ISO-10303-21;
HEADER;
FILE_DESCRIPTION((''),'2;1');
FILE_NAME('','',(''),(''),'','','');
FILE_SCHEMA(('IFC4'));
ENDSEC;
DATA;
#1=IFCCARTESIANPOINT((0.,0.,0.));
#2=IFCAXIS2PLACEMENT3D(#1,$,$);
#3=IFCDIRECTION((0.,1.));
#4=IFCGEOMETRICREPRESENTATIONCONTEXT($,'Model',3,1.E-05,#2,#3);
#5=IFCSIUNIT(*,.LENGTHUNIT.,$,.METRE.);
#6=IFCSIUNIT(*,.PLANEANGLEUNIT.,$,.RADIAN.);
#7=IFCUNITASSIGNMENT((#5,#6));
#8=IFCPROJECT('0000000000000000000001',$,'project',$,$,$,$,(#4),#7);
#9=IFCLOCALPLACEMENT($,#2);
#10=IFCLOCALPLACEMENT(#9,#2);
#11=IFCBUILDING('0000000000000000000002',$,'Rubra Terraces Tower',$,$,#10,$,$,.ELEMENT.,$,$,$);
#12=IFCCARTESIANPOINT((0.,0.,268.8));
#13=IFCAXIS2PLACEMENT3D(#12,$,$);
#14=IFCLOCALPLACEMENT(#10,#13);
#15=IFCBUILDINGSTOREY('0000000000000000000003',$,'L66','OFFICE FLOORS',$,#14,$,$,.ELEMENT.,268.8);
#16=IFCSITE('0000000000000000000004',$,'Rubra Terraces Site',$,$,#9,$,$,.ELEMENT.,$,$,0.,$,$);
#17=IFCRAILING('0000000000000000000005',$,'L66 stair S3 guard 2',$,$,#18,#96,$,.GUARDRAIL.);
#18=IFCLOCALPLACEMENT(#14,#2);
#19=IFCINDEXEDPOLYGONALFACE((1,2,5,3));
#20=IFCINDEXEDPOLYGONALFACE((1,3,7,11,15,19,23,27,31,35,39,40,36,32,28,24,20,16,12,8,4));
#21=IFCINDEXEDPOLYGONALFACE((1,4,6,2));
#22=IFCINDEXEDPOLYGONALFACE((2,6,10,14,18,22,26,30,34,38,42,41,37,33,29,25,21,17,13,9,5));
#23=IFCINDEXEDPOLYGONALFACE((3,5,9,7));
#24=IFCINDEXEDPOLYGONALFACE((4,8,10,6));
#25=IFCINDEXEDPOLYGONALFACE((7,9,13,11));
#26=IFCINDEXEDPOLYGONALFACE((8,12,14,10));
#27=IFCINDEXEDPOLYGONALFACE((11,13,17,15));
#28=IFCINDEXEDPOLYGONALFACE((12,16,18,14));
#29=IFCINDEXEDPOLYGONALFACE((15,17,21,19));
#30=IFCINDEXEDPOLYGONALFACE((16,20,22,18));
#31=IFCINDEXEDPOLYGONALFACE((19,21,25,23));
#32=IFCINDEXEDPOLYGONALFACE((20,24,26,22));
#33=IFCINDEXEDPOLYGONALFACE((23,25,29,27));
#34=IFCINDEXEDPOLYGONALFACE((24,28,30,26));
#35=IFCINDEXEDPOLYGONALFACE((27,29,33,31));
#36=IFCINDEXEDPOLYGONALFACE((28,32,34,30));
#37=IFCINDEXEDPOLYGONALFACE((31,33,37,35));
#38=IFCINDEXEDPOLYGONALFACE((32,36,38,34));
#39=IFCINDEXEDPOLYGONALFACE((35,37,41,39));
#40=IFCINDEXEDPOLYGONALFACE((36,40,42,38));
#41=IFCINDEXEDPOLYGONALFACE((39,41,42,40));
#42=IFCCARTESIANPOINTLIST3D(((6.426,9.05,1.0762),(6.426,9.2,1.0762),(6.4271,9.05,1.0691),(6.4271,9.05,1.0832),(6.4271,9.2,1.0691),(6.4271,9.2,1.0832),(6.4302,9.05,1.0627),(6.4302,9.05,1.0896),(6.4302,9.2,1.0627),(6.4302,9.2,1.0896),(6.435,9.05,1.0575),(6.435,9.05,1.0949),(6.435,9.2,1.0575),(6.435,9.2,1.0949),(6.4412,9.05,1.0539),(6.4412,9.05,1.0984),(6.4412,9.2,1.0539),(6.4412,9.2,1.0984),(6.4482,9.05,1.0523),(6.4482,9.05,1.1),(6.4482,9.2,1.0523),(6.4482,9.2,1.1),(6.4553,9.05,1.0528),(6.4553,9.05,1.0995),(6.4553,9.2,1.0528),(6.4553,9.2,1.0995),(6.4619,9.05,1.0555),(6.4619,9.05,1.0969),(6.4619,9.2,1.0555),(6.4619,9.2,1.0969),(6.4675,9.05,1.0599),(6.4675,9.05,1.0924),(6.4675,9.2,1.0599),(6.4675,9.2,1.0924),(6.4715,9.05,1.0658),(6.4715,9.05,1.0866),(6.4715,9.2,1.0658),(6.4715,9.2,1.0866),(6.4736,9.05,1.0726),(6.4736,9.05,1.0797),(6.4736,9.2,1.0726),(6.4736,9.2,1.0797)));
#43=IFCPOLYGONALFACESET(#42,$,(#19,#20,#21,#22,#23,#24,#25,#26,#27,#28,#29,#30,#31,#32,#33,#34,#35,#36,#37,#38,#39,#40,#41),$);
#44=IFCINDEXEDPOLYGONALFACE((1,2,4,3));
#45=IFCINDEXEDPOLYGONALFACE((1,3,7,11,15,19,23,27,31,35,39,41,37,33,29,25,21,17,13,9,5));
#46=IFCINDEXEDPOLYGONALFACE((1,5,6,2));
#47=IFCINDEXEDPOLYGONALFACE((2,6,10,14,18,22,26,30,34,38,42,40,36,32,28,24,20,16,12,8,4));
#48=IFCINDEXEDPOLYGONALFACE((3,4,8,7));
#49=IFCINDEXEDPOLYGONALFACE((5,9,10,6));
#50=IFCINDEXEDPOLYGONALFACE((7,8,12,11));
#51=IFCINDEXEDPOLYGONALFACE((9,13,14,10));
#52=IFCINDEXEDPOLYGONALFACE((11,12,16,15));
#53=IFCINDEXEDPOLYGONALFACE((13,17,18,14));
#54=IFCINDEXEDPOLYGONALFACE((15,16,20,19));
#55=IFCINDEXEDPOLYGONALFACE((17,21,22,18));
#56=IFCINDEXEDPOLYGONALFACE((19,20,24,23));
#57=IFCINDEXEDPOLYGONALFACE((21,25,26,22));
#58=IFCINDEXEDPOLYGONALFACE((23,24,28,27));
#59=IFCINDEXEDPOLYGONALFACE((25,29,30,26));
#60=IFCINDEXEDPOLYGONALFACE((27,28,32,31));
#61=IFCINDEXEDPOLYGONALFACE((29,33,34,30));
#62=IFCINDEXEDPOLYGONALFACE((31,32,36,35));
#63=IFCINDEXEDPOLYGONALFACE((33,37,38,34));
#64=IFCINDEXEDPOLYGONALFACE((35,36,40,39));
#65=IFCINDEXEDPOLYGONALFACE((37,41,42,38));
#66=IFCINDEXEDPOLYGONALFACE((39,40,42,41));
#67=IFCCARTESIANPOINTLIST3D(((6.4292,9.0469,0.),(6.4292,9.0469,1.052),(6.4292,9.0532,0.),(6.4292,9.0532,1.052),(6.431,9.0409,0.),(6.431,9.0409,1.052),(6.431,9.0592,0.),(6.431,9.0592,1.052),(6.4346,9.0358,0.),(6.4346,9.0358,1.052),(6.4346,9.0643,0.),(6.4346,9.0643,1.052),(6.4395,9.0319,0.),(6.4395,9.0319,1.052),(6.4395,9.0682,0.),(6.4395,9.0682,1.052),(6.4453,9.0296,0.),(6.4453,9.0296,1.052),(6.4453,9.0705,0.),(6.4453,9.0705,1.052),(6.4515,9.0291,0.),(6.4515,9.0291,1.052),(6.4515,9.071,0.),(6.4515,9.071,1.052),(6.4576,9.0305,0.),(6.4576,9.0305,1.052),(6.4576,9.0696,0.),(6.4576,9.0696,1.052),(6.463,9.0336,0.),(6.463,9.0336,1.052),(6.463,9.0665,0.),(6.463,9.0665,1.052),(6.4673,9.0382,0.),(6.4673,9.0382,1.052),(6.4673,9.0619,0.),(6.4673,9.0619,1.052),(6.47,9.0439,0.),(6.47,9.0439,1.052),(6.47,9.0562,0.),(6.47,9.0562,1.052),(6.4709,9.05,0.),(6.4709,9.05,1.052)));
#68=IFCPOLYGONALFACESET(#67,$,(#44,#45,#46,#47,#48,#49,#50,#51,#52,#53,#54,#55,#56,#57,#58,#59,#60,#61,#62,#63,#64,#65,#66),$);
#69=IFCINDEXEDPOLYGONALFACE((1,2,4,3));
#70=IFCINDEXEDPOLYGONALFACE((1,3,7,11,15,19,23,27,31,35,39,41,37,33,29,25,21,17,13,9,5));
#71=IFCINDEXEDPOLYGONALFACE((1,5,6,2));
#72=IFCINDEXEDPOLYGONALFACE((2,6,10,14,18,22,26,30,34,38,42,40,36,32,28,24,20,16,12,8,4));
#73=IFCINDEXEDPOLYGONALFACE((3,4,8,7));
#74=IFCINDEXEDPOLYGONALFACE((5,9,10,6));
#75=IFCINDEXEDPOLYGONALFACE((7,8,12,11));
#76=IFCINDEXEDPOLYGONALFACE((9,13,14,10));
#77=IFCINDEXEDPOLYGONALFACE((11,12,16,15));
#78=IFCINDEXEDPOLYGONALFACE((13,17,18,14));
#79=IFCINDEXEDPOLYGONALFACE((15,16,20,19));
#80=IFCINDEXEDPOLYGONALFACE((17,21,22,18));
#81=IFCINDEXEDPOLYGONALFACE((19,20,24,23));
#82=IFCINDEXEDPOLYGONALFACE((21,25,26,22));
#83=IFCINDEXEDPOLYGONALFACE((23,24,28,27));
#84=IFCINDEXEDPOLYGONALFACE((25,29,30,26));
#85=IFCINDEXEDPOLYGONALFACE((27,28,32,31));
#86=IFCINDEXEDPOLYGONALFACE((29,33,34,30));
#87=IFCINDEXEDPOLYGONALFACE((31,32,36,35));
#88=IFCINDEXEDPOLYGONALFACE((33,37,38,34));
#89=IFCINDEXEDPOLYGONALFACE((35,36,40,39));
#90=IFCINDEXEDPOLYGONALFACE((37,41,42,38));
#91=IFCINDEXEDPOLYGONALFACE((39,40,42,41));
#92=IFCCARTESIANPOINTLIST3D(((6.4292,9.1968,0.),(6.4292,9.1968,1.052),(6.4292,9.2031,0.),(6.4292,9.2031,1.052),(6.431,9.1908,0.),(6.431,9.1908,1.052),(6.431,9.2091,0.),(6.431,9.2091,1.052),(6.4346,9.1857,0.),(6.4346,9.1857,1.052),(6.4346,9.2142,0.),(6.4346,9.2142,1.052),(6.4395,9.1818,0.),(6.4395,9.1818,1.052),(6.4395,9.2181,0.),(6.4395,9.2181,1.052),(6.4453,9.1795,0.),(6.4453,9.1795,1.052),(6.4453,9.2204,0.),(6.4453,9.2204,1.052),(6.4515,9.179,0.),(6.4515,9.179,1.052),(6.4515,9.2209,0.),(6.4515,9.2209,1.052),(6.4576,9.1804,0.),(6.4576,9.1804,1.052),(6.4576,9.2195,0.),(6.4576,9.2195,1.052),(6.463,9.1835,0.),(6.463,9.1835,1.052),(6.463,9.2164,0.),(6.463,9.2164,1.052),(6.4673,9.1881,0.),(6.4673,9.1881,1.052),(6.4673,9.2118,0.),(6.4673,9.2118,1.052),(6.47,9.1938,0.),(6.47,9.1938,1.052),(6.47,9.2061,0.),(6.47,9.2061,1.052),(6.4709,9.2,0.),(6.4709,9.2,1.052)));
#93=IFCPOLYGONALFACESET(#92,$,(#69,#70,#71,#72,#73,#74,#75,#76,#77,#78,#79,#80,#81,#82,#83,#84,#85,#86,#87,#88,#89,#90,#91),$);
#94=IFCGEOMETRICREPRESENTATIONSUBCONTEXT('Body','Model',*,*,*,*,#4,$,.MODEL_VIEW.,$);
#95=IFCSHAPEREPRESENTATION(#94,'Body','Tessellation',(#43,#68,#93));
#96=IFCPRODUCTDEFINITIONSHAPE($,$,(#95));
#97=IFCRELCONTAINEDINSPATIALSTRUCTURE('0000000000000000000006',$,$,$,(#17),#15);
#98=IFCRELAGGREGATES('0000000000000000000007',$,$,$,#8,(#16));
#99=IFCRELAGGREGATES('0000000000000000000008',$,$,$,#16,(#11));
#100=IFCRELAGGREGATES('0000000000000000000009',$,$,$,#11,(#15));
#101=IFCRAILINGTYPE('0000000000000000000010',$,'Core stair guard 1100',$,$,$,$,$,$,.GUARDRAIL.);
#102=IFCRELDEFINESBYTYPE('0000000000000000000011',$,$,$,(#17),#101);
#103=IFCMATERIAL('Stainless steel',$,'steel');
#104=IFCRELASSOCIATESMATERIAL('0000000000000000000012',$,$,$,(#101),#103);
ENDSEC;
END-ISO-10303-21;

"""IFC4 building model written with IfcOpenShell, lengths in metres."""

from ifc_helpers import new_model, si_unit, direction, frame, origin, origin_2d, place, context, subcontext, project, spatial, circle, extrude, material, type_object, element, save


model = new_model("IFC4")

# Units and contexts
model_context = context("Model", 3, precision=1e-05, world=origin(), true_north=direction((0.0, 1.0)))
body_context = subcontext(model_context, "Body", "Model", "MODEL_VIEW")
ifc_project = project(units=[si_unit("LENGTHUNIT", "METRE"), si_unit("PLANEANGLEUNIT", "RADIAN")], contexts=[model_context])

# Site, building, storey
site_placement = place(None, origin())
site = spatial("IfcSite", under=ifc_project, at=site_placement, Name="Rubra Terraces Site", CompositionType="ELEMENT", RefElevation=0.0)
building_placement = place(site_placement, origin())
building = spatial("IfcBuilding", under=site, at=building_placement, Name="Rubra Terraces Tower", CompositionType="ELEMENT")
storey_placement = place(building_placement, frame((0.0, 0.0, 268.8)))
storey = spatial("IfcBuildingStorey", under=building, at=storey_placement, Name="L66", Description="OFFICE FLOORS", CompositionType="ELEMENT", Elevation=268.8)

# Shared definitions
ifc_material_1 = material(Name="Stainless steel", Category="steel")

# Railing
railing_type_1 = type_object("IfcRailingType", Name="Core stair guard 1100", PredefinedType="GUARDRAIL", material=ifc_material_1)
railing_1_placement = place(storey_placement, frame((6.45, 9.05, 0.0)))
element("IfcRailing", 1, at=railing_1_placement, inside=storey, type_object=railing_type_1, Name="L66 stair S3 guard 2", PredefinedType="GUARDRAIL", context=body_context, shape_type="SweptSolid", body=[
    extrude(circle(Radius=0.0239, at=origin_2d()), frame((0.0, 0.0, 1.0762), z_axis=(0.0, 1.0, 0.0), x_axis=(-1.0, 0.0, 0.0)), (0.0, 0.0, 1.0), 0.1499),
    extrude(circle(Radius=0.021, at=origin_2d()), origin(), (0.0, 0.0, 1.0), 1.052),
    extrude(circle(Radius=0.021, at=origin_2d()), frame((0.0, 0.1499, 0.0)), (0.0, 0.0, 1.0), 1.052),
])

save(model, "model.ifc")
